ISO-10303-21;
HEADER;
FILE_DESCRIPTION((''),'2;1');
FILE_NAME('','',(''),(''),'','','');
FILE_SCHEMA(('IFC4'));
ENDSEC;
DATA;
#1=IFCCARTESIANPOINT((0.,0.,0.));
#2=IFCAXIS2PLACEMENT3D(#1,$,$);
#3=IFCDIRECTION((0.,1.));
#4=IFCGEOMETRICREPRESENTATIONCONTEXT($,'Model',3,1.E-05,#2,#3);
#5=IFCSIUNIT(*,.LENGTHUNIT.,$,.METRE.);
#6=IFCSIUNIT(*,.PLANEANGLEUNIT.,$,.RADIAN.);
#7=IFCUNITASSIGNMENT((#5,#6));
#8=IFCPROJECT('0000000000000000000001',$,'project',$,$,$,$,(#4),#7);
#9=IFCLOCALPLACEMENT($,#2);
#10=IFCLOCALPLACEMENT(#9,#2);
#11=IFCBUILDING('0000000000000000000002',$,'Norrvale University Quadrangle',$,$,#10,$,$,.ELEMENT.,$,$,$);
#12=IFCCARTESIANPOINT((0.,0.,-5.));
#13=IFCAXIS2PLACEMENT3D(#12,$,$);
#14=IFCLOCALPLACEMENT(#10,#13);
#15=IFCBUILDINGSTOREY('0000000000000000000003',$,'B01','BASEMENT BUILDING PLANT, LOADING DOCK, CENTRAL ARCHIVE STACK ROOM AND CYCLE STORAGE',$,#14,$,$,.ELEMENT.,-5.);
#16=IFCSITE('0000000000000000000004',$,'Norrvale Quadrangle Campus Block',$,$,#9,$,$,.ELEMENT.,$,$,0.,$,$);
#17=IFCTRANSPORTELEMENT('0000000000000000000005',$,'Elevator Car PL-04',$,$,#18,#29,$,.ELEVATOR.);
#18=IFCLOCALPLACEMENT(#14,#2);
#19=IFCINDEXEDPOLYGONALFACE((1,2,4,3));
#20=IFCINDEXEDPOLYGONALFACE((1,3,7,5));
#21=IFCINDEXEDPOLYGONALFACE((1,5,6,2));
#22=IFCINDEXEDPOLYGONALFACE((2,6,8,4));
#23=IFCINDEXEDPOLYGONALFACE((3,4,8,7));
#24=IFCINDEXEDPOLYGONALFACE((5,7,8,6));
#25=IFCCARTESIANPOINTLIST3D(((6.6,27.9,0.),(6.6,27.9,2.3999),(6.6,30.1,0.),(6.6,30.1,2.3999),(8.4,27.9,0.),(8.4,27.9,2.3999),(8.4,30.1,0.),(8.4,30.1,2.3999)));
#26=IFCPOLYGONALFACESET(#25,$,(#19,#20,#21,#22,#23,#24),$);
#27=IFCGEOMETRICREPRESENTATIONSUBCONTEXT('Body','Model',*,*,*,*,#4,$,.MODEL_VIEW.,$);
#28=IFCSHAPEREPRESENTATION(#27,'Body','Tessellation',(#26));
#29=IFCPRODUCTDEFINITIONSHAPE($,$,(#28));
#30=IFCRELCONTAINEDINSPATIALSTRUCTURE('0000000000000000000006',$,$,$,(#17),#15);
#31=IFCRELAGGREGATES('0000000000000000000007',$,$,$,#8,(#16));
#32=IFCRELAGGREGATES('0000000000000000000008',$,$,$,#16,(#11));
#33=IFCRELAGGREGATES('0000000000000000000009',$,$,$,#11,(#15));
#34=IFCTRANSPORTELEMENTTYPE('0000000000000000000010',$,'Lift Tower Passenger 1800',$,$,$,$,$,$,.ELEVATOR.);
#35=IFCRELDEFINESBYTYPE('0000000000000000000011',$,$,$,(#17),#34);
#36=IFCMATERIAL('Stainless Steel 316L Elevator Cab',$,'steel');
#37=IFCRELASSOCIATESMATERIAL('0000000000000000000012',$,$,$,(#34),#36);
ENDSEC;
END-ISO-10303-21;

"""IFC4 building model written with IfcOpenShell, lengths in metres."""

from ifc_helpers import new_model, si_unit, direction, frame, origin, origin_2d, place, context, subcontext, project, spatial, rectangle, extrude, material, type_object, element, save


model = new_model("IFC4")

# Units and contexts
model_context = context("Model", 3, precision=1e-05, world=origin(), true_north=direction((0.0, 1.0)))
body_context = subcontext(model_context, "Body", "Model", "MODEL_VIEW")
ifc_project = project(units=[si_unit("LENGTHUNIT", "METRE"), si_unit("PLANEANGLEUNIT", "RADIAN")], contexts=[model_context])

# Site, building, storey
site_placement = place(None, origin())
site = spatial("IfcSite", under=ifc_project, at=site_placement, Name="Norrvale Quadrangle Campus Block", CompositionType="ELEMENT", RefElevation=0.0)
building_placement = place(site_placement, origin())
building = spatial("IfcBuilding", under=site, at=building_placement, Name="Norrvale University Quadrangle", CompositionType="ELEMENT")
storey_placement = place(building_placement, frame((0.0, 0.0, -5.0)))
storey = spatial("IfcBuildingStorey", under=building, at=storey_placement, Name="B01", Description="BASEMENT BUILDING PLANT, LOADING DOCK, CENTRAL ARCHIVE STACK ROOM AND CYCLE STORAGE", CompositionType="ELEMENT", Elevation=-5.0)

# Transport element
ifc_material_1 = material(Name="Stainless Steel 316L Elevator Cab", Category="steel")
transport_element_type_1 = type_object("IfcTransportElementType", Name="Lift Tower Passenger 1800", PredefinedType="ELEVATOR", material=ifc_material_1)
transport_element_1_placement = place(storey_placement, frame((7.5, 29.0, 0.0), z_axis=(0.0, 0.0, 1.0), x_axis=(1.0, 0.0, 0.0)))
element("IfcTransportElement", 1, at=transport_element_1_placement, inside=storey, type_object=transport_element_type_1, Name="Elevator Car PL-04", PredefinedType="ELEVATOR", context=body_context, shape_type="SweptSolid", body=[
    extrude(rectangle(XDim=1.8, YDim=2.2, at=origin_2d()), origin(), (0.0, 0.0, 1.0), 2.3999),
])

save(model, "model.ifc")
